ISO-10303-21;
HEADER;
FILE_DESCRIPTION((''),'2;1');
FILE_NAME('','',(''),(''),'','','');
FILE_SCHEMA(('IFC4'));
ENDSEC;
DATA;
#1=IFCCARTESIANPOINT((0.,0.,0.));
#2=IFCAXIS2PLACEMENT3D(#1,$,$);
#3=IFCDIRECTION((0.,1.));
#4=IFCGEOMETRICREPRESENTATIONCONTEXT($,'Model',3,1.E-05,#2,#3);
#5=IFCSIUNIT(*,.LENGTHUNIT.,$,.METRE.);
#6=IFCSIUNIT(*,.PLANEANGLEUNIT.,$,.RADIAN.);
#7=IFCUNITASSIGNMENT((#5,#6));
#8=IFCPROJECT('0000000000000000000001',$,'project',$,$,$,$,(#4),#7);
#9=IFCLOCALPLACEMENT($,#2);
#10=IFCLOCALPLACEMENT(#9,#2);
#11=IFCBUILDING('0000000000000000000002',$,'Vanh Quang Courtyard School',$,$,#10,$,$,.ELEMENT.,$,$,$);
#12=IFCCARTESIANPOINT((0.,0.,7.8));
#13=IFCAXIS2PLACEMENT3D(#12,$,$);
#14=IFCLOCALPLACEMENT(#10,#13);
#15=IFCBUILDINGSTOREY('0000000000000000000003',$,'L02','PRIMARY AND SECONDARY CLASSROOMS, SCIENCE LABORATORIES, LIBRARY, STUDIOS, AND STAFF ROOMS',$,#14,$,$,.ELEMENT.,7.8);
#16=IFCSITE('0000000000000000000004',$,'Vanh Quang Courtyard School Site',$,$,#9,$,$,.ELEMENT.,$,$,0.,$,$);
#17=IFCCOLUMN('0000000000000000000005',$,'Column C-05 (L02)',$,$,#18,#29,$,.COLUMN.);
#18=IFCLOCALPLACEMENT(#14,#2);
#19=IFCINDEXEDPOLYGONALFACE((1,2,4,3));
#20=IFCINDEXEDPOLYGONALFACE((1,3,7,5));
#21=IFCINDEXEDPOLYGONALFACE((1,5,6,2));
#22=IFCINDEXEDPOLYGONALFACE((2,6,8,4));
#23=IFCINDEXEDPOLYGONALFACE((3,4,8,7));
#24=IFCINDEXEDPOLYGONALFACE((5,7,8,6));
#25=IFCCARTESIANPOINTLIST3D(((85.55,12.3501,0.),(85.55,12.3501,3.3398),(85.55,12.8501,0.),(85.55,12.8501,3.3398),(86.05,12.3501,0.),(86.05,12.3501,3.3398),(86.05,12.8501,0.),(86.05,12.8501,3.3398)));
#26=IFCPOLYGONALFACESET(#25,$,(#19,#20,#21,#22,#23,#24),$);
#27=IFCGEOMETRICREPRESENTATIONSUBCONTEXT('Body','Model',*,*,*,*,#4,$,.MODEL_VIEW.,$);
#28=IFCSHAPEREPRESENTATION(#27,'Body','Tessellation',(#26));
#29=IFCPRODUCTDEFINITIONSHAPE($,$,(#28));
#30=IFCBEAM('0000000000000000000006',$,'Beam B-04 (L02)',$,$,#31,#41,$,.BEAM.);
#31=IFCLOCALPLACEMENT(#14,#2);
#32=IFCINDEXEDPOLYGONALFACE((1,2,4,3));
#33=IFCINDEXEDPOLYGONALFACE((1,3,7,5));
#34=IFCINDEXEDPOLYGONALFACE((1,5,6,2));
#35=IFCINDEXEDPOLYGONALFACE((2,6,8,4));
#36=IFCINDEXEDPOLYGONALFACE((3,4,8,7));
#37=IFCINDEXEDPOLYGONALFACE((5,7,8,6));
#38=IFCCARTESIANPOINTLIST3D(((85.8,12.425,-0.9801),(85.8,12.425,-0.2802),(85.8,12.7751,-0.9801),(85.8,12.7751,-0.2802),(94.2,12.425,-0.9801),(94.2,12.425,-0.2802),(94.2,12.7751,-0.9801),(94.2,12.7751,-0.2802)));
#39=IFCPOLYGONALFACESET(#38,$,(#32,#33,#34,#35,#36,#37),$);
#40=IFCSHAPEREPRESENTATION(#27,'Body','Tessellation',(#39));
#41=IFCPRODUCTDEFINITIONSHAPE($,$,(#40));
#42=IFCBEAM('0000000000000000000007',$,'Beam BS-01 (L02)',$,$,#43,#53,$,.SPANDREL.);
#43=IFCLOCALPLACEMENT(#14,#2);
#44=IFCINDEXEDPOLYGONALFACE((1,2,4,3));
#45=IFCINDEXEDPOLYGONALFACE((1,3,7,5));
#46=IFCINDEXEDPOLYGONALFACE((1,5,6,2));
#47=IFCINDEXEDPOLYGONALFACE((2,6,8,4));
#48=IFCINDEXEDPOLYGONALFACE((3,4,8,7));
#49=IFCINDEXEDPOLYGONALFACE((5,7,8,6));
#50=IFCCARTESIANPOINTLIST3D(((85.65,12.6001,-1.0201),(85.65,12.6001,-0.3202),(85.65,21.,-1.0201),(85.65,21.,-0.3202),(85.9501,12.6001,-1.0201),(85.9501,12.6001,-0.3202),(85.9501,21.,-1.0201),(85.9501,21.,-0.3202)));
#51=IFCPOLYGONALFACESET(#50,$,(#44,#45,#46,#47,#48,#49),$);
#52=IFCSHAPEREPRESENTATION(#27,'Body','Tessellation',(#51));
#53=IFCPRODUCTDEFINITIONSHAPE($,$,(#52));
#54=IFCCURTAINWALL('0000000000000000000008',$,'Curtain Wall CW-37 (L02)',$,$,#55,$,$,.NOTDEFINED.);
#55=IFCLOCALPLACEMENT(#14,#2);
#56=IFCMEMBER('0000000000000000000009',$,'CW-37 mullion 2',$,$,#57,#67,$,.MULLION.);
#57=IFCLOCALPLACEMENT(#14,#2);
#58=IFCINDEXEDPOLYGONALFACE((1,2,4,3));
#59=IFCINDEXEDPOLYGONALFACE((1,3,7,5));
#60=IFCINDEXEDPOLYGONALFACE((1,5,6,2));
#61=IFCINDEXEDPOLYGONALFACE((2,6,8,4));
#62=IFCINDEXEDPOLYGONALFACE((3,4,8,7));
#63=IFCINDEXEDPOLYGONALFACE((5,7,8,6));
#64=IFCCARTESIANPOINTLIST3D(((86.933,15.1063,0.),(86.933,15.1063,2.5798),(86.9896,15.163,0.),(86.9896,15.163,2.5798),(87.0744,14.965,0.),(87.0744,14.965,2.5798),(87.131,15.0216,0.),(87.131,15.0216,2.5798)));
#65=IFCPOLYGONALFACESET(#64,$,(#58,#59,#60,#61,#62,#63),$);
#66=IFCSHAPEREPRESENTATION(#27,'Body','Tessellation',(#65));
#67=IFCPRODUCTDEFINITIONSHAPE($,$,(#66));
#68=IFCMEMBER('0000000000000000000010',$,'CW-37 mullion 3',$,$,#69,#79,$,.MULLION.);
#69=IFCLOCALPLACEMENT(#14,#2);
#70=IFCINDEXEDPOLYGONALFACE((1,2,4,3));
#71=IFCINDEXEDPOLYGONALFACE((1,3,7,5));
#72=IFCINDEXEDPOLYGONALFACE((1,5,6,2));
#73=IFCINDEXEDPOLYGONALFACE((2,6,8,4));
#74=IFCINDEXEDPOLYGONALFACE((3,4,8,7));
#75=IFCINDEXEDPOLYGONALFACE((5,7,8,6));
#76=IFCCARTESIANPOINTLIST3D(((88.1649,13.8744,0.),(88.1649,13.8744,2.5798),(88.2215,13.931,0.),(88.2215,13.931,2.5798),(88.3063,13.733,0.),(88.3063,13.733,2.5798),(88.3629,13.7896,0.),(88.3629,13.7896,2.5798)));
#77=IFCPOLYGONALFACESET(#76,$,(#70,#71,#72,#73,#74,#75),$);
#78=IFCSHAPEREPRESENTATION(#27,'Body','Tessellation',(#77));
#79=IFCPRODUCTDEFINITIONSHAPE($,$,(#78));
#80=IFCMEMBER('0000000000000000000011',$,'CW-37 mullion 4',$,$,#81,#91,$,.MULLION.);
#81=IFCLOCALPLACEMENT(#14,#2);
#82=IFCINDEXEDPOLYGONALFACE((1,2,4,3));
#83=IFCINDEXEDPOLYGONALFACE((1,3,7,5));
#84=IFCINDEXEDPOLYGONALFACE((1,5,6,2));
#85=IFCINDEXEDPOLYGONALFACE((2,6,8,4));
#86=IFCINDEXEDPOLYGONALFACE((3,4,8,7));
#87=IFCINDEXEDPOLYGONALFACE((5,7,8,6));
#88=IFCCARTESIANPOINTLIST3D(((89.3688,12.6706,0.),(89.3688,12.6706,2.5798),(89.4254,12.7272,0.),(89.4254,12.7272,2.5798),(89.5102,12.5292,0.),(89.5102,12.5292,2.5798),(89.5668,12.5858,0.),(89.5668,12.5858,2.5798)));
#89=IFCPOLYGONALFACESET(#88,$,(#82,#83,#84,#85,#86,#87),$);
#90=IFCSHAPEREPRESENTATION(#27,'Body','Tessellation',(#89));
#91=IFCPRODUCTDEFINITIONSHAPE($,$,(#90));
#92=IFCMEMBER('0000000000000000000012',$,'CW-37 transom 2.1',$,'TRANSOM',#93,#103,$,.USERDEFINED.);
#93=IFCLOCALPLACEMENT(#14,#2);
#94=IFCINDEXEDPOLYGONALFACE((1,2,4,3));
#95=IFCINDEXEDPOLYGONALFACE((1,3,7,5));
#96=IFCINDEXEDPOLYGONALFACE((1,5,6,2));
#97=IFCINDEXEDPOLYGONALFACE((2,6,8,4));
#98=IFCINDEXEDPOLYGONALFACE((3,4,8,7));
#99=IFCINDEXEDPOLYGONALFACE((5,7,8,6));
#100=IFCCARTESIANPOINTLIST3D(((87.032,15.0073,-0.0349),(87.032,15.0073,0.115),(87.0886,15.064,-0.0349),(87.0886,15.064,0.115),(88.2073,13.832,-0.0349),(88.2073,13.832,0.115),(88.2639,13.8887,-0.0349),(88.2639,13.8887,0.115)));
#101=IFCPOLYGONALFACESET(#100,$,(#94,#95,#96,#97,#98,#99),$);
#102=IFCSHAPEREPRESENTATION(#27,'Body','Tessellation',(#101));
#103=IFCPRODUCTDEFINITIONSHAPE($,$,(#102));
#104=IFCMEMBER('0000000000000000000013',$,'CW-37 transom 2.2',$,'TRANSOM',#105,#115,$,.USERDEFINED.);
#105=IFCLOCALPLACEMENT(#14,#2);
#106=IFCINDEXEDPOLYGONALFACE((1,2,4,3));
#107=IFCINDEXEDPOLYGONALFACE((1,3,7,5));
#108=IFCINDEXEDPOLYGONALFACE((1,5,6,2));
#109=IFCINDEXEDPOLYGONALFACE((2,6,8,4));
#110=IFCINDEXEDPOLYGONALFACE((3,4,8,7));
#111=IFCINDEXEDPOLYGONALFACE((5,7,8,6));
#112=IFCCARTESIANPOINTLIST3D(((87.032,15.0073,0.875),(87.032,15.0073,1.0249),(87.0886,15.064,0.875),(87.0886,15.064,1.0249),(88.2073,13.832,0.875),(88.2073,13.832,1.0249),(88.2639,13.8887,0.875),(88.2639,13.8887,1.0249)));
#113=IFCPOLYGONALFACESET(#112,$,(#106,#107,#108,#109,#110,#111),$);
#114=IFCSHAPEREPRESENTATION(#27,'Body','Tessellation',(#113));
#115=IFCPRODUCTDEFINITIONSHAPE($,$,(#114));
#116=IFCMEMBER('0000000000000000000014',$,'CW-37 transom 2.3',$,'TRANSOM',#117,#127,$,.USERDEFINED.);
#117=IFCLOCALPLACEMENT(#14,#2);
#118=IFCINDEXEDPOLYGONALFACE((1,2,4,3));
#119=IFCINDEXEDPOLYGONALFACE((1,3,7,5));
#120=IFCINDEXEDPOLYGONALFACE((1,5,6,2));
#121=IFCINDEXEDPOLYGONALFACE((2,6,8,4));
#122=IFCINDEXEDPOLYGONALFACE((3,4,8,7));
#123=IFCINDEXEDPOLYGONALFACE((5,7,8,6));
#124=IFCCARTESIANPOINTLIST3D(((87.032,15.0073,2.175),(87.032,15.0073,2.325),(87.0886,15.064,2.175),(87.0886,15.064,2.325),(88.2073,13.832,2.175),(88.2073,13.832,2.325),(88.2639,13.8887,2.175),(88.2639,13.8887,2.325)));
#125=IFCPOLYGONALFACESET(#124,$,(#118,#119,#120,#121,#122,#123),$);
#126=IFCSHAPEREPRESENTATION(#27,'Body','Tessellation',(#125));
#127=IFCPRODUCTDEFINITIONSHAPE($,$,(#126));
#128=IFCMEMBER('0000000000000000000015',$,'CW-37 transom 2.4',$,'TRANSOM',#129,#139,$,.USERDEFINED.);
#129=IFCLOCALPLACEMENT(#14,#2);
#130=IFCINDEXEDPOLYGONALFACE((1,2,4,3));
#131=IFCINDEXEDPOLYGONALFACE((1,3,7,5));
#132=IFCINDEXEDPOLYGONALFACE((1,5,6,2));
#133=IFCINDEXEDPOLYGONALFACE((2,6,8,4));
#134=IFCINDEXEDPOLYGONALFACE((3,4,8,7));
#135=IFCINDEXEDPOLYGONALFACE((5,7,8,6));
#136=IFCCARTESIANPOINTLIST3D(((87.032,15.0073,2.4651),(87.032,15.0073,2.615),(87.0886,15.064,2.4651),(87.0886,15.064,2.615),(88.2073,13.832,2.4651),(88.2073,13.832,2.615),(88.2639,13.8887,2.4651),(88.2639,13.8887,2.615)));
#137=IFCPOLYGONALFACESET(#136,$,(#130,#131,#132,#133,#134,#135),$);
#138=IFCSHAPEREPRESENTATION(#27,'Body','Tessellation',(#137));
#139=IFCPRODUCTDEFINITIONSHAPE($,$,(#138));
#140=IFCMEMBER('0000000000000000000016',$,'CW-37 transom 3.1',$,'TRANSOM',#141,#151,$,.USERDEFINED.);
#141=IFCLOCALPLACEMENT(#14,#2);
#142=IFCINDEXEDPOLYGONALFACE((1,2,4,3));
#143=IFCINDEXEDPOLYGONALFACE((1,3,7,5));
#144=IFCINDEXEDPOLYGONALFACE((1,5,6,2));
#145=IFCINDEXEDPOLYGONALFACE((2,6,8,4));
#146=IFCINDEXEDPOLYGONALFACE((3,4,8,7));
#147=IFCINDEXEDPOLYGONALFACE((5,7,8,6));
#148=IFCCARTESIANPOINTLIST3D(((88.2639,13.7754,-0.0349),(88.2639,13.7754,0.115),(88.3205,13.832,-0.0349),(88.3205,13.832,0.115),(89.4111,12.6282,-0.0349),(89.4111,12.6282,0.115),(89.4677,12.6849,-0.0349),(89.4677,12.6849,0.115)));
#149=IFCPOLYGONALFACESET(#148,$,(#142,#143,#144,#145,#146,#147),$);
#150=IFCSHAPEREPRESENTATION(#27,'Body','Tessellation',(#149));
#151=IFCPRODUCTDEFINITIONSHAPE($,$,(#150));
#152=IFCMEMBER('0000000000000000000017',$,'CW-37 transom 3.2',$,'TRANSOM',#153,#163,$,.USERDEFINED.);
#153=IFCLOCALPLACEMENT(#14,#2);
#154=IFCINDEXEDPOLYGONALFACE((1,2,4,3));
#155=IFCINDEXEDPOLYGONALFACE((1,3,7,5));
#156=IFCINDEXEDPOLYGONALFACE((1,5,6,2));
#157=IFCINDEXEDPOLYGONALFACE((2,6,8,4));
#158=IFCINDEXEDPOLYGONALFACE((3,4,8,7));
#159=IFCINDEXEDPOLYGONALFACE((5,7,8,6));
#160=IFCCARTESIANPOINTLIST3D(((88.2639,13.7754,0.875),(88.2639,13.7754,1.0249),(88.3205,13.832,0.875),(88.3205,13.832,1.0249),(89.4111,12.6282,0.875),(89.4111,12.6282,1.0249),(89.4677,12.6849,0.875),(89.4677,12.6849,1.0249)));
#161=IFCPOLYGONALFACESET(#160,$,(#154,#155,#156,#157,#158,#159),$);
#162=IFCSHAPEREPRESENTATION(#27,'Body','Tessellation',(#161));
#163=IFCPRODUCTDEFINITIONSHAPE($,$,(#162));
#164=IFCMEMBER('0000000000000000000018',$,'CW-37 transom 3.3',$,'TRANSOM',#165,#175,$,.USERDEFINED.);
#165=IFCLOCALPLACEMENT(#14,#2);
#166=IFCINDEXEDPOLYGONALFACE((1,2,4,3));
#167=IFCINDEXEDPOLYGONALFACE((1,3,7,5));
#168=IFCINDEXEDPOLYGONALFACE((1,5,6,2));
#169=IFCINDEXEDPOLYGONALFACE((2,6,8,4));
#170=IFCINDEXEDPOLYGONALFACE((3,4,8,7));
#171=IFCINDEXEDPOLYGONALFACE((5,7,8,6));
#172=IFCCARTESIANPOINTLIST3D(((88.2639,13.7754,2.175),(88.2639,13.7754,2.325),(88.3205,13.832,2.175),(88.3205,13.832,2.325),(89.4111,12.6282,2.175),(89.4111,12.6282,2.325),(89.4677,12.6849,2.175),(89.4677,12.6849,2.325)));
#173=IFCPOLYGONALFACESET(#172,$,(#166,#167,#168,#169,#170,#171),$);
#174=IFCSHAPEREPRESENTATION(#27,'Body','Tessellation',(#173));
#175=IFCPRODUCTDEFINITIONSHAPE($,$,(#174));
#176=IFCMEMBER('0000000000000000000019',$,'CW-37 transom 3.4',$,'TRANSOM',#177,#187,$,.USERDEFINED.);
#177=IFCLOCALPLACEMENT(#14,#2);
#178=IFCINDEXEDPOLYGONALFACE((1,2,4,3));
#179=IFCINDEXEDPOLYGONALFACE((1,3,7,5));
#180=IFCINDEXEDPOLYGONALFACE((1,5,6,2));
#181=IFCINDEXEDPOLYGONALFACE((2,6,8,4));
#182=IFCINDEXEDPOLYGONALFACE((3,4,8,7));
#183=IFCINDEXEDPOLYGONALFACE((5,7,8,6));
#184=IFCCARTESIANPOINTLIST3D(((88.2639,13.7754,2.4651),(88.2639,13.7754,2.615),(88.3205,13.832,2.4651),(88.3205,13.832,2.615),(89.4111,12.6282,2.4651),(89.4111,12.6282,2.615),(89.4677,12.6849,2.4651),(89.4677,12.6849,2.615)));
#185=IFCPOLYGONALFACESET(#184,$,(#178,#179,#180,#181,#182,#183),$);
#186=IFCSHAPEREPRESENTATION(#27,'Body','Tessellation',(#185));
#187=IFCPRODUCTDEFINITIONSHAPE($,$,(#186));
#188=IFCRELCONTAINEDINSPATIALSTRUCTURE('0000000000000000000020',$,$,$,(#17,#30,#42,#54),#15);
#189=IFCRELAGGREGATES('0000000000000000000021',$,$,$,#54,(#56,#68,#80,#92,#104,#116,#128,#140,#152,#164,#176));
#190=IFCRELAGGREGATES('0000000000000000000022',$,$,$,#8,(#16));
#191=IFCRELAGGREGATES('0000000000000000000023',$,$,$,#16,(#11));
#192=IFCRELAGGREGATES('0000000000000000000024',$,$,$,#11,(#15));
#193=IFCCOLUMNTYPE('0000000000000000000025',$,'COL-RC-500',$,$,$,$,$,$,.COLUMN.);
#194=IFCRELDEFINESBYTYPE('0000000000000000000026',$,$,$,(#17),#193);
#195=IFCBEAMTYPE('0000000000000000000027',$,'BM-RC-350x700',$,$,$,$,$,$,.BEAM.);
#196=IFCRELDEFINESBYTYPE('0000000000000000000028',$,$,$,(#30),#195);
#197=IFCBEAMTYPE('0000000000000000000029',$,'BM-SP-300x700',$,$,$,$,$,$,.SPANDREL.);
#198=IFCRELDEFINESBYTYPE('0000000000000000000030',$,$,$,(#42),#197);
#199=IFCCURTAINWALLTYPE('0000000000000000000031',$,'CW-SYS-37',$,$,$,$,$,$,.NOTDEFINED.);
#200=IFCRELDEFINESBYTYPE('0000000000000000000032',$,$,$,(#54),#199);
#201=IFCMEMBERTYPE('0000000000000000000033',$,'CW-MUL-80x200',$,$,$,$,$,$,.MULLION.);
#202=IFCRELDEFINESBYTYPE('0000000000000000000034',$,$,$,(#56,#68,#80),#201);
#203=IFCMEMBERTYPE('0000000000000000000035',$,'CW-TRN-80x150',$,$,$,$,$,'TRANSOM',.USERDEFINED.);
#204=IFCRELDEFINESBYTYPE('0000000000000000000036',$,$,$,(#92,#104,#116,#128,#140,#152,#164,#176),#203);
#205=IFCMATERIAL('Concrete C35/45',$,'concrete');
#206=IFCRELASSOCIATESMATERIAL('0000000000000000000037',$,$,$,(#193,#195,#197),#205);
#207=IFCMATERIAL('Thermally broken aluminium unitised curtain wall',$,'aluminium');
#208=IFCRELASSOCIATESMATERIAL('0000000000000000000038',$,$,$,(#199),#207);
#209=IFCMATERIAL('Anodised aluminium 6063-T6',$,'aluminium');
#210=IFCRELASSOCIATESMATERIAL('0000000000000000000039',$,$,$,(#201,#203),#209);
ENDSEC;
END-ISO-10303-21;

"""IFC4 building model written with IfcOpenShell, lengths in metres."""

from ifc_helpers import new_model, si_unit, direction, frame, origin, origin_2d, place, context, subcontext, project, spatial, rectangle, extrude, material, material_profile, profile_set, type_object, element, aggregate, save


model = new_model("IFC4")

# Units and contexts
model_context = context("Model", 3, precision=1e-05, world=origin(), true_north=direction((0.0, 1.0)))
body_context = subcontext(model_context, "Body", "Model", "MODEL_VIEW")
ifc_project = project(units=[si_unit("LENGTHUNIT", "METRE"), si_unit("PLANEANGLEUNIT", "RADIAN")], contexts=[model_context])

# Site, building, storey
site_placement = place(None, origin())
site = spatial("IfcSite", under=ifc_project, at=site_placement, Name="Vanh Quang Courtyard School Site", CompositionType="ELEMENT", RefElevation=0.0)
building_placement = place(site_placement, origin())
building = spatial("IfcBuilding", under=site, at=building_placement, Name="Vanh Quang Courtyard School", CompositionType="ELEMENT")
storey_placement = place(building_placement, frame((0.0, 0.0, 7.8)))
storey = spatial("IfcBuildingStorey", under=building, at=storey_placement, Name="L02", Description="PRIMARY AND SECONDARY CLASSROOMS, SCIENCE LABORATORIES, LIBRARY, STUDIOS, AND STAFF ROOMS", CompositionType="ELEMENT", Elevation=7.8)

# Column
ifc_material_1 = material(Name="Concrete C35/45", Category="concrete")
ifc_material_profile_1 = material_profile(ifc_material_1, rectangle(XDim=0.5, YDim=0.5, at=origin_2d()), Name="RC-COL 500x500")
ifc_profile_set_1 = profile_set([ifc_material_profile_1], Name="Concrete C35/45")
column_type = type_object("IfcColumnType", Name="COL-RC-500", PredefinedType="COLUMN", material=ifc_profile_set_1)
column_placement = place(storey_placement, frame((85.8, 12.6001, 0.0), z_axis=(0.0, 0.0, 1.0), x_axis=(1.0, 0.0, 0.0)))
element("IfcColumn", 1, at=column_placement, inside=storey, type_object=column_type, Name="Column C-05 (L02)", PredefinedType="COLUMN", context=body_context, shape_type="SweptSolid", body=[
    extrude(rectangle(XDim=0.5, YDim=0.5, at=origin_2d()), origin(), (0.0, 0.0, 1.0), 3.3398),
])

# Beams
ifc_material_profile_2 = material_profile(ifc_material_1, rectangle(XDim=0.3501, YDim=0.7, at=origin_2d()), Name="RC-BM 350x700")
ifc_profile_set_2 = profile_set([ifc_material_profile_2], Name="Concrete C35/45")
beam_type_1 = type_object("IfcBeamType", Name="BM-RC-350x700", PredefinedType="BEAM", material=ifc_profile_set_2)
beam_1_placement = place(storey_placement, frame((85.8, 12.6001, -0.6301), z_axis=(1.0, 0.0, 0.0), x_axis=(0.0, 1.0, 0.0)))
element("IfcBeam", 2, at=beam_1_placement, inside=storey, type_object=beam_type_1, Name="Beam B-04 (L02)", PredefinedType="BEAM", context=body_context, shape_type="SweptSolid", body=[
    extrude(rectangle(XDim=0.3501, YDim=0.7, at=origin_2d()), origin(), (0.0, 0.0, 1.0), 8.3999),
])
ifc_material_profile_3 = material_profile(ifc_material_1, rectangle(XDim=0.3, YDim=0.7, at=origin_2d()), Name="RC-SP 300x700")
ifc_profile_set_3 = profile_set([ifc_material_profile_3], Name="Concrete C35/45")
beam_type_2 = type_object("IfcBeamType", Name="BM-SP-300x700", PredefinedType="SPANDREL", material=ifc_profile_set_3)
beam_2_placement = place(storey_placement, frame((85.8, 12.6001, -0.6702), z_axis=(0.0, 1.0, 0.0), x_axis=(-1.0, 0.0, 0.0)))
element("IfcBeam", 3, at=beam_2_placement, inside=storey, type_object=beam_type_2, Name="Beam BS-01 (L02)", PredefinedType="SPANDREL", context=body_context, shape_type="SweptSolid", body=[
    extrude(rectangle(XDim=0.3, YDim=0.7, at=origin_2d()), origin(), (0.0, 0.0, 1.0), 8.3999),
])

# Curtain wall, members
ifc_material_2 = material(Name="Thermally broken aluminium unitised curtain wall", Category="aluminium")
curtain_wall_type = type_object("IfcCurtainWallType", Name="CW-SYS-37", PredefinedType="NOTDEFINED", material=ifc_material_2)
curtain_wall_placement = place(storey_placement, origin())
curtain_wall = element("IfcCurtainWall", 4, at=curtain_wall_placement, inside=storey, type_object=curtain_wall_type, Name="Curtain Wall CW-37 (L02)", PredefinedType="NOTDEFINED")
ifc_material_3 = material(Name="Anodised aluminium 6063-T6", Category="aluminium")
ifc_material_profile_4 = material_profile(ifc_material_3, rectangle(XDim=0.0801, YDim=0.2, at=origin_2d()), Name="ALU-MUL 80x200")
ifc_profile_set_4 = profile_set([ifc_material_profile_4], Name="Anodised aluminium 6063-T6")
member_type_1 = type_object("IfcMemberType", Name="CW-MUL-80x200", PredefinedType="MULLION", material=ifc_profile_set_4)
member_1_placement = place(storey_placement, frame((87.032, 15.064, 0.0), z_axis=(0.0, 0.0, 1.0), x_axis=(0.707107, 0.707107, 0.0)))
member_1 = element("IfcMember", 5, at=member_1_placement, type_object=member_type_1, Name="CW-37 mullion 2", PredefinedType="MULLION", context=body_context, shape_type="SweptSolid", body=[
    extrude(rectangle(XDim=0.0801, YDim=0.2, at=origin_2d()), origin(), (0.0, 0.0, 1.0), 2.5798),
])
member_2_placement = place(storey_placement, frame((88.2639, 13.832, 0.0), z_axis=(0.0, 0.0, 1.0), x_axis=(0.707107, 0.707107, 0.0)))
member_2 = element("IfcMember", 6, at=member_2_placement, type_object=member_type_1, Name="CW-37 mullion 3", PredefinedType="MULLION", context=body_context, shape_type="SweptSolid", body=[
    extrude(rectangle(XDim=0.0801, YDim=0.2, at=origin_2d()), origin(), (0.0, 0.0, 1.0), 2.5798),
])
member_3_placement = place(storey_placement, frame((89.4678, 12.6282, 0.0), z_axis=(0.0, 0.0, 1.0), x_axis=(0.707107, 0.707107, 0.0)))
member_3 = element("IfcMember", 7, at=member_3_placement, type_object=member_type_1, Name="CW-37 mullion 4", PredefinedType="MULLION", context=body_context, shape_type="SweptSolid", body=[
    extrude(rectangle(XDim=0.0801, YDim=0.2, at=origin_2d()), origin(), (0.0, 0.0, 1.0), 2.5798),
])
ifc_material_profile_5 = material_profile(ifc_material_3, rectangle(XDim=0.0801, YDim=0.1499, at=origin_2d()), Name="ALU-TRN 80x150")
ifc_profile_set_5 = profile_set([ifc_material_profile_5], Name="Anodised aluminium 6063-T6")
member_type_2 = type_object("IfcMemberType", Name="CW-TRN-80x150", ElementType="TRANSOM", PredefinedType="USERDEFINED", material=ifc_profile_set_5)
member_4_placement = place(storey_placement, frame((87.0603, 15.0356, 0.04), z_axis=(0.707107, -0.707107, 0.0), x_axis=(0.707107, 0.707107, 0.0)))
member_4 = element("IfcMember", 8, at=member_4_placement, type_object=member_type_2, Name="CW-37 transom 2.1", ObjectType="TRANSOM", PredefinedType="USERDEFINED", context=body_context, shape_type="SweptSolid", body=[
    extrude(rectangle(XDim=0.0801, YDim=0.1499, at=origin_2d()), origin(), (0.0, 0.0, 1.0), 1.6621),
])
member_5_placement = place(storey_placement, frame((87.0603, 15.0356, 0.95), z_axis=(0.707107, -0.707107, 0.0), x_axis=(0.707107, 0.707107, 0.0)))
member_5 = element("IfcMember", 9, at=member_5_placement, type_object=member_type_2, Name="CW-37 transom 2.2", ObjectType="TRANSOM", PredefinedType="USERDEFINED", context=body_context, shape_type="SweptSolid", body=[
    extrude(rectangle(XDim=0.0801, YDim=0.1499, at=origin_2d()), origin(), (0.0, 0.0, 1.0), 1.6621),
])
member_6_placement = place(storey_placement, frame((87.0603, 15.0356, 2.25), z_axis=(0.707107, -0.707107, 0.0), x_axis=(0.707107, 0.707107, 0.0)))
member_6 = element("IfcMember", 10, at=member_6_placement, type_object=member_type_2, Name="CW-37 transom 2.3", ObjectType="TRANSOM", PredefinedType="USERDEFINED", context=body_context, shape_type="SweptSolid", body=[
    extrude(rectangle(XDim=0.0801, YDim=0.1499, at=origin_2d()), origin(), (0.0, 0.0, 1.0), 1.6621),
])
member_7_placement = place(storey_placement, frame((87.0603, 15.0356, 2.54), z_axis=(0.707107, -0.707107, 0.0), x_axis=(0.707107, 0.707107, 0.0)))
member_7 = element("IfcMember", 11, at=member_7_placement, type_object=member_type_2, Name="CW-37 transom 2.4", ObjectType="TRANSOM", PredefinedType="USERDEFINED", context=body_context, shape_type="SweptSolid", body=[
    extrude(rectangle(XDim=0.0801, YDim=0.1499, at=origin_2d()), origin(), (0.0, 0.0, 1.0), 1.6621),
])
member_8_placement = place(storey_placement, frame((88.2922, 13.8037, 0.04), z_axis=(0.707107, -0.707107, 0.0), x_axis=(0.707107, 0.707107, 0.0)))
member_8 = element("IfcMember", 12, at=member_8_placement, type_object=member_type_2, Name="CW-37 transom 3.1", ObjectType="TRANSOM", PredefinedType="USERDEFINED", context=body_context, shape_type="SweptSolid", body=[
    extrude(rectangle(XDim=0.0801, YDim=0.1499, at=origin_2d()), origin(), (0.0, 0.0, 1.0), 1.6223),
])
member_9_placement = place(storey_placement, frame((88.2922, 13.8037, 0.95), z_axis=(0.707107, -0.707107, 0.0), x_axis=(0.707107, 0.707107, 0.0)))
member_9 = element("IfcMember", 13, at=member_9_placement, type_object=member_type_2, Name="CW-37 transom 3.2", ObjectType="TRANSOM", PredefinedType="USERDEFINED", context=body_context, shape_type="SweptSolid", body=[
    extrude(rectangle(XDim=0.0801, YDim=0.1499, at=origin_2d()), origin(), (0.0, 0.0, 1.0), 1.6223),
])
member_10_placement = place(storey_placement, frame((88.2922, 13.8037, 2.25), z_axis=(0.707107, -0.707107, 0.0), x_axis=(0.707107, 0.707107, 0.0)))
member_10 = element("IfcMember", 14, at=member_10_placement, type_object=member_type_2, Name="CW-37 transom 3.3", ObjectType="TRANSOM", PredefinedType="USERDEFINED", context=body_context, shape_type="SweptSolid", body=[
    extrude(rectangle(XDim=0.0801, YDim=0.1499, at=origin_2d()), origin(), (0.0, 0.0, 1.0), 1.6223),
])
member_11_placement = place(storey_placement, frame((88.2922, 13.8037, 2.54), z_axis=(0.707107, -0.707107, 0.0), x_axis=(0.707107, 0.707107, 0.0)))
member_11 = element("IfcMember", 15, at=member_11_placement, type_object=member_type_2, Name="CW-37 transom 3.4", ObjectType="TRANSOM", PredefinedType="USERDEFINED", context=body_context, shape_type="SweptSolid", body=[
    extrude(rectangle(XDim=0.0801, YDim=0.1499, at=origin_2d()), origin(), (0.0, 0.0, 1.0), 1.6223),
])

aggregate(curtain_wall, [member_1, member_2, member_3, member_4, member_5, member_6, member_7, member_8, member_9, member_10, member_11])

save(model, "model.ifc")
